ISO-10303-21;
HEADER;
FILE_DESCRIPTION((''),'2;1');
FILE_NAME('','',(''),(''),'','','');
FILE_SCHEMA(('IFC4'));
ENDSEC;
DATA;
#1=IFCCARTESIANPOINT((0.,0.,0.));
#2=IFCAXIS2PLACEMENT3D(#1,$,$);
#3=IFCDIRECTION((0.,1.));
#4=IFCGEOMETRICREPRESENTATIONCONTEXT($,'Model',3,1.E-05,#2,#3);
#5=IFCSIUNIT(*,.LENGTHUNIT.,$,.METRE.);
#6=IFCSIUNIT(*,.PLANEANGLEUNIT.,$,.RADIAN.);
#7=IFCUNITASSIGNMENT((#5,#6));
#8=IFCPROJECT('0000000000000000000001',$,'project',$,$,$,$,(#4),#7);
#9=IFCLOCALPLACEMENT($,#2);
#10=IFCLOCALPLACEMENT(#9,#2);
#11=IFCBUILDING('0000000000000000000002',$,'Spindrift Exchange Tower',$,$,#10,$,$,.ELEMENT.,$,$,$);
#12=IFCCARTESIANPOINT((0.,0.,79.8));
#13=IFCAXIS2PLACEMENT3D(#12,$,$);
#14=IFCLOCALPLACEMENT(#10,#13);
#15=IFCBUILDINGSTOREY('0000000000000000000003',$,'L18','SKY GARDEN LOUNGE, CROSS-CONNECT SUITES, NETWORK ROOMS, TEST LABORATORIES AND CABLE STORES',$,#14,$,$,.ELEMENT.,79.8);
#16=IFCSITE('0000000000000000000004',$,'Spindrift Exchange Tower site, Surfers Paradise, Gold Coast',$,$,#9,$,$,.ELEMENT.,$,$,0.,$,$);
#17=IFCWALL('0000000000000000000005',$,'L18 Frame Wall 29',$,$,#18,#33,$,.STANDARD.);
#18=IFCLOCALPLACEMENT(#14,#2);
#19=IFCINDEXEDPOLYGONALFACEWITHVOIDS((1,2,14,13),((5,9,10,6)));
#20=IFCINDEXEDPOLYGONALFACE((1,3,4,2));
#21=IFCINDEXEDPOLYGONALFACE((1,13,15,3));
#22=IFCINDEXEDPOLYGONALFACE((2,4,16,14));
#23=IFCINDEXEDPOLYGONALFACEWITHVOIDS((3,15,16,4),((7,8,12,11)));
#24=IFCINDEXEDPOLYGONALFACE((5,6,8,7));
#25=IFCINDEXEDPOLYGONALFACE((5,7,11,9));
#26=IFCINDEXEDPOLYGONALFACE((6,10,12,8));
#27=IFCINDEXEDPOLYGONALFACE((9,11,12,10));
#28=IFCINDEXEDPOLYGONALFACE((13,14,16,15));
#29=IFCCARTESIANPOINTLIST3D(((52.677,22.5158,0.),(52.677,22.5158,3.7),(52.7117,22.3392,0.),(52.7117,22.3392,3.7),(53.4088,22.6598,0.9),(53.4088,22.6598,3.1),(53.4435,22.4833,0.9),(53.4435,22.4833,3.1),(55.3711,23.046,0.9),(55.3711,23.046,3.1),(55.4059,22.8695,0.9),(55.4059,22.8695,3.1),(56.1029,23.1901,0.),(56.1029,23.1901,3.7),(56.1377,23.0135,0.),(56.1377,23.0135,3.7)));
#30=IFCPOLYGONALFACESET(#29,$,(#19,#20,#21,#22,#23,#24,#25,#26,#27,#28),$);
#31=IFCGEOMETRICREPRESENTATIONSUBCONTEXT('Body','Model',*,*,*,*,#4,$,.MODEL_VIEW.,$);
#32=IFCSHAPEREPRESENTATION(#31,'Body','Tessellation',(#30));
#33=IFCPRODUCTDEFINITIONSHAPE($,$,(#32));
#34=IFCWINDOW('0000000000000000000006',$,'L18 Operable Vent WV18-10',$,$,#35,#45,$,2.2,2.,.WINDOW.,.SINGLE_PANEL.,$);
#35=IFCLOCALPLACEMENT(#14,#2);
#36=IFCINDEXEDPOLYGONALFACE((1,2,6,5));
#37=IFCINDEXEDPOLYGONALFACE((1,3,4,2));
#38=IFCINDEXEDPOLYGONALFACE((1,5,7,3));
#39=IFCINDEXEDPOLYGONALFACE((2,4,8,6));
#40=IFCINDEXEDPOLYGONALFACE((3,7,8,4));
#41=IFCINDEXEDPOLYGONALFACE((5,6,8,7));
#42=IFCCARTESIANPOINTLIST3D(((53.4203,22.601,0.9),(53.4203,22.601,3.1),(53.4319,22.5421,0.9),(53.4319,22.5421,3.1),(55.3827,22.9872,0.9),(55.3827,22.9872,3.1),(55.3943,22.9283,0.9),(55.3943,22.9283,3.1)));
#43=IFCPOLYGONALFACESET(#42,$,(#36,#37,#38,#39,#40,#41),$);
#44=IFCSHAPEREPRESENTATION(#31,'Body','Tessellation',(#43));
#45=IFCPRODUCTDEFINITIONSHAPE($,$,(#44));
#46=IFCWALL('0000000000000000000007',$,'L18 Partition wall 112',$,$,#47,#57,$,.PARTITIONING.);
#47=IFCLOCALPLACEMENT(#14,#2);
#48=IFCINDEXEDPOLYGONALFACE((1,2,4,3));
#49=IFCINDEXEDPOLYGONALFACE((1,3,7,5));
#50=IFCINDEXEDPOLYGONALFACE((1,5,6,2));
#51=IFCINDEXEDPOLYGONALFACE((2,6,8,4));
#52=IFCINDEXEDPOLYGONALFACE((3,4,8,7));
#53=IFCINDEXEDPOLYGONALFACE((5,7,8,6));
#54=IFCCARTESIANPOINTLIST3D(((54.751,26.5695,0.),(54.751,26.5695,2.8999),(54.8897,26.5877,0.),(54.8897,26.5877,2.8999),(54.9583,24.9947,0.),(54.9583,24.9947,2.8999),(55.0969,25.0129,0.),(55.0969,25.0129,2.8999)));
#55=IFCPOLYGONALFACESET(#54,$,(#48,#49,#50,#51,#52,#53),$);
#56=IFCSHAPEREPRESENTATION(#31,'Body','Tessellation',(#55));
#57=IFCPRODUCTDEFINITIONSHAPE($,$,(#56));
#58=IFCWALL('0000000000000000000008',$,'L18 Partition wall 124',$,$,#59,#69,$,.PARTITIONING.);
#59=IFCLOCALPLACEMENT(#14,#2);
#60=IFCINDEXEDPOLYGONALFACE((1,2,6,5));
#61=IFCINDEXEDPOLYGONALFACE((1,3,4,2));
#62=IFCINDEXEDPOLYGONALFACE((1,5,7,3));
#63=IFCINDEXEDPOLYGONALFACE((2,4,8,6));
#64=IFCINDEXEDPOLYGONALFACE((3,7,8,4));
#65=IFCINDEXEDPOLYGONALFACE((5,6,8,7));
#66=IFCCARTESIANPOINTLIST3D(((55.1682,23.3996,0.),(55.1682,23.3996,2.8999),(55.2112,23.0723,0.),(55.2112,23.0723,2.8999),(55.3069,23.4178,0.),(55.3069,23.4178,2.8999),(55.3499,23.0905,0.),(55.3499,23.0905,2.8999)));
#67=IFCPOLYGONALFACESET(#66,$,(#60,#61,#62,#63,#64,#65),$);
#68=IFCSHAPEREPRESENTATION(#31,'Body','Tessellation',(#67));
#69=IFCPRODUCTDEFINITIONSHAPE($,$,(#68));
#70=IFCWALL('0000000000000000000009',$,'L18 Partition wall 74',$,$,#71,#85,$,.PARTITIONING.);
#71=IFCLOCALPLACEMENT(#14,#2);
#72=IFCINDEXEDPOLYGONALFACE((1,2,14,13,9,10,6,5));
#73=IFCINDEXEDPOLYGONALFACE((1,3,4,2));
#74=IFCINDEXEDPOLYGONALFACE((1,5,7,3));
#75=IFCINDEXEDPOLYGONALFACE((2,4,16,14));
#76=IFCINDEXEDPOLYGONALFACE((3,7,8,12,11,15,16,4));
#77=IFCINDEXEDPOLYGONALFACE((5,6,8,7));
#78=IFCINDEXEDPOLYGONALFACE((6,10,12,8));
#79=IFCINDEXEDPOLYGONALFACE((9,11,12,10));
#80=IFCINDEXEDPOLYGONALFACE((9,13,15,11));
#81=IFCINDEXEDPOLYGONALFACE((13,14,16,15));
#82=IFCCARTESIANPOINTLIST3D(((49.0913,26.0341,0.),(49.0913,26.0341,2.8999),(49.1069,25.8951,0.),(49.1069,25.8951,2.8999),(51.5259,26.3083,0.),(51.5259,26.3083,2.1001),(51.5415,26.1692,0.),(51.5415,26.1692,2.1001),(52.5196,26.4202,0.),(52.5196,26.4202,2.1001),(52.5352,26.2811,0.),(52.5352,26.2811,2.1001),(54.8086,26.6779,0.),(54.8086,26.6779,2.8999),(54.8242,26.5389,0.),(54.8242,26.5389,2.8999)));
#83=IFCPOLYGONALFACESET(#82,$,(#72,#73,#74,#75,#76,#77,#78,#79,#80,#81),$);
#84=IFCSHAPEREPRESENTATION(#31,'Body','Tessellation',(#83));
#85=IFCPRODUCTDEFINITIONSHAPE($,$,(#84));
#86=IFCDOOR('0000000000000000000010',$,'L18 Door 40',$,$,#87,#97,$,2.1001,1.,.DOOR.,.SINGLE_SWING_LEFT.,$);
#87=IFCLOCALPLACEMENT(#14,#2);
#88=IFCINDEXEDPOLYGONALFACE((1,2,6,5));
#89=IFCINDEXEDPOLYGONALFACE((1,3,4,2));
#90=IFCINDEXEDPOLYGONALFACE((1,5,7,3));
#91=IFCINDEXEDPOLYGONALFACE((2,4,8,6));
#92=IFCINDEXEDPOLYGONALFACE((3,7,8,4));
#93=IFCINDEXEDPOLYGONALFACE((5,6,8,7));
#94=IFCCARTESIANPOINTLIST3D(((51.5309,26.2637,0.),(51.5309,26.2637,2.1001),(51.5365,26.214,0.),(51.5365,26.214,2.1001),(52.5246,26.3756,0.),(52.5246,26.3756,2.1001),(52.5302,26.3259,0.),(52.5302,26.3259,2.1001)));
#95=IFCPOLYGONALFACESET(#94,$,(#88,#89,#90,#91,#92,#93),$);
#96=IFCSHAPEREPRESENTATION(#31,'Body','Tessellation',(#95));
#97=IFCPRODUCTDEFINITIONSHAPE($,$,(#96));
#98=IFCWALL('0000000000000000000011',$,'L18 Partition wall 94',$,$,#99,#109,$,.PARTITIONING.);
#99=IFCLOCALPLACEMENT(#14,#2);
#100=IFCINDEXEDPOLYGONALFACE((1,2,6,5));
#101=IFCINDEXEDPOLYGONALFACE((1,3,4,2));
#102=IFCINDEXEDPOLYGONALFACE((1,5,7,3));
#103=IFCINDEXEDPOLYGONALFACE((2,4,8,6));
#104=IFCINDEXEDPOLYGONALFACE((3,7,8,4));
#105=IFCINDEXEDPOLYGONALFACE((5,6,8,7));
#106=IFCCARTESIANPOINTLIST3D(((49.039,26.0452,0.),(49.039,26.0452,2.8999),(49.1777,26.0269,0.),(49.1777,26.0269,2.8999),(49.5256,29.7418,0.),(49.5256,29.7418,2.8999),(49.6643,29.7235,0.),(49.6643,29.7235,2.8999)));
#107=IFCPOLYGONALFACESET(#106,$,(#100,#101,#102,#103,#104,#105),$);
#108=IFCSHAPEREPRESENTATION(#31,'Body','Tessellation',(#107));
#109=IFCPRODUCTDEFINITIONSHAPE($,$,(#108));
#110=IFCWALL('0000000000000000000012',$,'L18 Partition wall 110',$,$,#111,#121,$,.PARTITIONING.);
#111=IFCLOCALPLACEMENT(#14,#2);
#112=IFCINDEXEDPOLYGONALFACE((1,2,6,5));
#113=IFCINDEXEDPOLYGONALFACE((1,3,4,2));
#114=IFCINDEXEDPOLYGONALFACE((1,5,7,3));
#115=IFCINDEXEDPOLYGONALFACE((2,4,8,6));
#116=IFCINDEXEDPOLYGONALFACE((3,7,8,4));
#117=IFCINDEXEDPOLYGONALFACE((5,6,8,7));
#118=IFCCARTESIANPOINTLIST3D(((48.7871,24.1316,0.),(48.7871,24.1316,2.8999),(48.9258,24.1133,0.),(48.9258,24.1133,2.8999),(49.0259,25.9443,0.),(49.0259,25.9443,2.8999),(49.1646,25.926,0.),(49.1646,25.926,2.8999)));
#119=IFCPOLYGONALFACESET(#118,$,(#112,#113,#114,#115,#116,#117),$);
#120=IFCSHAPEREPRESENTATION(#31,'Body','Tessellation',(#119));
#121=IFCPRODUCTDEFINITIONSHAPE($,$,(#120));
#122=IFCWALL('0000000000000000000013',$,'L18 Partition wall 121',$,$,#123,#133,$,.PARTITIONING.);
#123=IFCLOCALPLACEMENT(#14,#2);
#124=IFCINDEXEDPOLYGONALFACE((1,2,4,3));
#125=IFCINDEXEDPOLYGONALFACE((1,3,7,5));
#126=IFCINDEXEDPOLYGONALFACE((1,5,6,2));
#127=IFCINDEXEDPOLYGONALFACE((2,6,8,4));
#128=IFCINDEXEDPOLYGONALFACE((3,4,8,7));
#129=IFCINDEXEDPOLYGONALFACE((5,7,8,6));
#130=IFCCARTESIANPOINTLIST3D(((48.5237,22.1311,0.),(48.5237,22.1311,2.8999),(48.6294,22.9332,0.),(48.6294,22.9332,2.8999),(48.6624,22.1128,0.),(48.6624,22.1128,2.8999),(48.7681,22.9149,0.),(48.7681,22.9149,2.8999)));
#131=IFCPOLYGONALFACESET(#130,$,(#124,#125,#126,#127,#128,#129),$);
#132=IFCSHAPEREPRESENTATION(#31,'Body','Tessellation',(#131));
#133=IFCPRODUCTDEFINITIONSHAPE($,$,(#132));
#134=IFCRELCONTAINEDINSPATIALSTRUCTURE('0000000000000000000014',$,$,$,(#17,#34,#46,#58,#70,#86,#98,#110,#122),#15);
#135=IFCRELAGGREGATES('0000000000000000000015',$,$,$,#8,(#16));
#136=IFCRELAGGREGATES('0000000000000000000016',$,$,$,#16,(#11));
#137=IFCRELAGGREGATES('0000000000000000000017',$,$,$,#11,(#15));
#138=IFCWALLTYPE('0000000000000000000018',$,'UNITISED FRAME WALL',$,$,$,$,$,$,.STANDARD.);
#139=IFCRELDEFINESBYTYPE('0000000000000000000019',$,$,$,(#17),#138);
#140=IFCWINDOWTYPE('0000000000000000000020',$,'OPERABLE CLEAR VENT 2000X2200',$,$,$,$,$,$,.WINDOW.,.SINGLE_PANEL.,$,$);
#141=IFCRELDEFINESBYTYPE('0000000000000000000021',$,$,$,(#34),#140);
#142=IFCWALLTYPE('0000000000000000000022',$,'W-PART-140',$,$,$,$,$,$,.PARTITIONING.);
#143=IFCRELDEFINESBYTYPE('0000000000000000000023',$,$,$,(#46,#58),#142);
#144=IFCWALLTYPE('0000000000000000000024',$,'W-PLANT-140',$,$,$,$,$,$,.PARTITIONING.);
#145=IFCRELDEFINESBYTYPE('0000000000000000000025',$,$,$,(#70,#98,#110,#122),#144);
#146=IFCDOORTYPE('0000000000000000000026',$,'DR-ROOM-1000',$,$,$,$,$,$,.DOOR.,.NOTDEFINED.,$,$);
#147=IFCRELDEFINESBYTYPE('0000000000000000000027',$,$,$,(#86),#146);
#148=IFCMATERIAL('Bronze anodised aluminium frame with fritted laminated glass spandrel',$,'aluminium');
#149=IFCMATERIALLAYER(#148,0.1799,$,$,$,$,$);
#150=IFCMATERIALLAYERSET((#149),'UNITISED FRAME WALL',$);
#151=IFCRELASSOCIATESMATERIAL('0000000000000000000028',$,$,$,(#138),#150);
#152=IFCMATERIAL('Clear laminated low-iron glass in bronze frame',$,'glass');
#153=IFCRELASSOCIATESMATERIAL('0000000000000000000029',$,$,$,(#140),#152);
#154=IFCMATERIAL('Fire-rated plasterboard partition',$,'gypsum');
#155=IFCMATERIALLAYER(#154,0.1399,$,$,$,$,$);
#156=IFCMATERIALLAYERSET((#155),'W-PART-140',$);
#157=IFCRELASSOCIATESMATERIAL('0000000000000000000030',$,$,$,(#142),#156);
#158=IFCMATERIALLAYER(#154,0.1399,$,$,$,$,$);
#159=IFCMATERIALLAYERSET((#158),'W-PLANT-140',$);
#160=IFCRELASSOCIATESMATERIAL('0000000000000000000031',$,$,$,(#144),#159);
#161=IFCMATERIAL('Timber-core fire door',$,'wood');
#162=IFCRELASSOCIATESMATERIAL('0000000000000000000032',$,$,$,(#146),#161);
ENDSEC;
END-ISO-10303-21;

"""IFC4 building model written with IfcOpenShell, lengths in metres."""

from ifc_helpers import new_model, si_unit, direction, frame, frame_2d, origin, place, context, subcontext, project, spatial, rectangle, extrude, source, transform, mapped, material, layer, layer_set, type_object, element, fill, save


model = new_model("IFC4")

# Units and contexts
model_context = context("Model", 3, precision=1e-05, world=origin(), true_north=direction((0.0, 1.0)))
body_context = subcontext(model_context, "Body", "Model", "MODEL_VIEW")
ifc_project = project(units=[si_unit("LENGTHUNIT", "METRE"), si_unit("PLANEANGLEUNIT", "RADIAN")], contexts=[model_context])

# Site, building, storey
site_placement = place(None, origin())
site = spatial("IfcSite", under=ifc_project, at=site_placement, Name="Spindrift Exchange Tower site, Surfers Paradise, Gold Coast", CompositionType="ELEMENT", RefElevation=0.0)
building_placement = place(site_placement, origin())
building = spatial("IfcBuilding", under=site, at=building_placement, Name="Spindrift Exchange Tower", CompositionType="ELEMENT")
storey_placement = place(building_placement, frame((0.0, 0.0, 79.8)))
storey = spatial("IfcBuildingStorey", under=building, at=storey_placement, Name="L18", Description="SKY GARDEN LOUNGE, CROSS-CONNECT SUITES, NETWORK ROOMS, TEST LABORATORIES AND CABLE STORES", CompositionType="ELEMENT", Elevation=79.8)

# Wall, opening, window
ifc_material_1 = material(Name="Bronze anodised aluminium frame with fritted laminated glass spandrel", Category="aluminium")
ifc_layer_1 = layer(ifc_material_1, 0.1799)
ifc_layer_set_1 = layer_set([ifc_layer_1], Name="UNITISED FRAME WALL")
wall_type_1 = type_object("IfcWallType", Name="UNITISED FRAME WALL", PredefinedType="STANDARD", material=ifc_layer_set_1)
ifc_material_2 = material(Name="Clear laminated low-iron glass in bronze frame", Category="glass")
window_type = type_object("IfcWindowType", Name="OPERABLE CLEAR VENT 2000X2200", PartitioningType="SINGLE_PANEL", PredefinedType="WINDOW", material=ifc_material_2)
shared_shape_1 = source(origin(), body_context, "Body", "SweptSolid", [
    extrude(rectangle(XDim=2.0, YDim=2.2, at=frame_2d((1.0, 1.1001))), frame((0.0, 0.03, 0.0), z_axis=(0.0, -1.0, 0.0), x_axis=(1.0, 0.0, 0.0)), (0.0, 0.0, 1.0), 0.0601),
])
wall_1_placement = place(storey_placement, frame((52.6943, 22.4275, 0.0), z_axis=(0.0, 0.0, 1.0), x_axis=(0.981176, 0.193117, 0.0)))
wall_1 = element("IfcWall", 1, at=wall_1_placement, inside=storey, type_object=wall_type_1, Name="L18 Frame Wall 29", PredefinedType="STANDARD", context=body_context, shape_type="SweptSolid", body=[
    extrude(rectangle(XDim=3.4917, YDim=0.1799, at=frame_2d((1.7458, 0.0))), origin(), (0.0, 0.0, 1.0), 3.7),
])
opening_1_placement = place(wall_1_placement, frame((0.7458, 0.0, 0.8999)))
opening_1 = element("IfcOpeningElement", 2, at=opening_1_placement, cuts=wall_1, PredefinedType="OPENING", context=body_context, shape_type="SweptSolid", body=[
    extrude(rectangle(XDim=2.0, YDim=2.2, at=frame_2d((1.0, 1.1001))), frame((0.0, 0.0999, 0.0), z_axis=(0.0, -1.0, 0.0), x_axis=(1.0, 0.0, 0.0)), (0.0, 0.0, 1.0), 0.2),
])
window_1_placement = place(opening_1_placement, origin())
window_1 = element("IfcWindow", 3, at=window_1_placement, inside=storey, type_object=window_type, Name="L18 Operable Vent WV18-10", OverallHeight=2.2, OverallWidth=2.0, PartitioningType="SINGLE_PANEL", PredefinedType="WINDOW", context=body_context, shape_type="MappedRepresentation", body=[
    mapped(shared_shape_1, transform((0.0, 0.0, 0.0), scale=1.0)),
])
fill(opening_1, window_1)

# Walls
ifc_material_3 = material(Name="Fire-rated plasterboard partition", Category="gypsum")
ifc_layer_2 = layer(ifc_material_3, 0.1399)
ifc_layer_set_2 = layer_set([ifc_layer_2], Name="W-PART-140")
wall_type_2 = type_object("IfcWallType", Name="W-PART-140", PredefinedType="PARTITIONING", material=ifc_layer_set_2)
wall_2_placement = place(storey_placement, frame((54.8203, 26.5786, 0.0), z_axis=(0.0, 0.0, 1.0), x_axis=(0.130502, -0.991448, 0.0)))
element("IfcWall", 4, at=wall_2_placement, inside=storey, type_object=wall_type_2, Name="L18 Partition wall 112", PredefinedType="PARTITIONING", context=body_context, shape_type="SweptSolid", body=[
    extrude(rectangle(XDim=1.5884, YDim=0.1399, at=frame_2d((0.7942, 0.0))), origin(), (0.0, 0.0, 1.0), 2.8999),
])
wall_3_placement = place(storey_placement, frame((55.2375, 23.4087, 0.0), z_axis=(0.0, 0.0, 1.0), x_axis=(0.130225, -0.991484, 0.0)))
element("IfcWall", 5, at=wall_3_placement, inside=storey, type_object=wall_type_2, Name="L18 Partition wall 124", PredefinedType="PARTITIONING", context=body_context, shape_type="SweptSolid", body=[
    extrude(rectangle(XDim=0.3301, YDim=0.1399, at=frame_2d((0.165, 0.0))), origin(), (0.0, 0.0, 1.0), 2.8999),
])

# Wall, opening, door
ifc_layer_3 = layer(ifc_material_3, 0.1399)
ifc_layer_set_3 = layer_set([ifc_layer_3], Name="W-PLANT-140")
wall_type_3 = type_object("IfcWallType", Name="W-PLANT-140", PredefinedType="PARTITIONING", material=ifc_layer_set_3)
wall_4_placement = place(storey_placement, frame((54.8164, 26.6084, 0.0), z_axis=(0.0, 0.0, 1.0), x_axis=(-0.99372, -0.111898, 0.0)))
wall_4 = element("IfcWall", 6, at=wall_4_placement, inside=storey, type_object=wall_type_3, Name="L18 Partition wall 74", PredefinedType="PARTITIONING", context=body_context, shape_type="SweptSolid", body=[
    extrude(rectangle(XDim=5.7534, YDim=0.1399, at=frame_2d((2.8767, 0.0))), origin(), (0.0, 0.0, 1.0), 2.8999),
])
opening_2_placement = place(wall_4_placement, frame((2.3035, 0.0, 0.0)))
opening_2 = element("IfcOpeningElement", 7, at=opening_2_placement, cuts=wall_4, PredefinedType="OPENING", context=body_context, shape_type="SweptSolid", body=[
    extrude(rectangle(XDim=1.0, YDim=2.1001, at=frame_2d((0.5, 1.05))), frame((0.0, 0.0798, 0.0), z_axis=(0.0, -1.0, 0.0), x_axis=(1.0, 0.0, 0.0)), (0.0, 0.0, 1.0), 0.1599),
])
ifc_material_4 = material(Name="Timber-core fire door", Category="wood")
door_type = type_object("IfcDoorType", Name="DR-ROOM-1000", OperationType="NOTDEFINED", PredefinedType="DOOR", material=ifc_material_4)
shared_shape_2 = source(origin(), body_context, "Body", "SweptSolid", [
    extrude(rectangle(XDim=1.0, YDim=2.1001, at=frame_2d((0.5, 1.05))), frame((0.0, 0.0249, 0.0), z_axis=(0.0, -1.0, 0.0), x_axis=(1.0, 0.0, 0.0)), (0.0, 0.0, 1.0), 0.05),
])
door_placement = place(opening_2_placement, origin())
door = element("IfcDoor", 8, at=door_placement, inside=storey, type_object=door_type, Name="L18 Door 40", OperationType="SINGLE_SWING_LEFT", OverallHeight=2.1001, OverallWidth=1.0, PredefinedType="DOOR", context=body_context, shape_type="MappedRepresentation", body=[
    mapped(shared_shape_2, transform((0.0, 0.0, 0.0), scale=1.0)),
])
fill(opening_2, door)

# Walls
wall_5_placement = place(storey_placement, frame((49.595, 29.7327, 0.0), z_axis=(0.0, 0.0, 1.0), x_axis=(-0.130504, -0.991448, 0.0)))
element("IfcWall", 9, at=wall_5_placement, inside=storey, type_object=wall_type_3, Name="L18 Partition wall 94", PredefinedType="PARTITIONING", context=body_context, shape_type="SweptSolid", body=[
    extrude(rectangle(XDim=3.7285, YDim=0.1399, at=frame_2d((1.8643, 0.0))), origin(), (0.0, 0.0, 1.0), 2.8999),
])
wall_6_placement = place(storey_placement, frame((49.0952, 25.9351, 0.0), z_axis=(0.0, 0.0, 1.0), x_axis=(-0.130589, -0.991437, 0.0)))
element("IfcWall", 10, at=wall_6_placement, inside=storey, type_object=wall_type_3, Name="L18 Partition wall 110", PredefinedType="PARTITIONING", context=body_context, shape_type="SweptSolid", body=[
    extrude(rectangle(XDim=1.8284, YDim=0.1399, at=frame_2d((0.9141, 0.0))), origin(), (0.0, 0.0, 1.0), 2.8999),
])
wall_7_placement = place(storey_placement, frame((48.6987, 22.9241, 0.0), z_axis=(0.0, 0.0, 1.0), x_axis=(-0.130642, -0.99143, 0.0)))
element("IfcWall", 11, at=wall_7_placement, inside=storey, type_object=wall_type_3, Name="L18 Partition wall 121", PredefinedType="PARTITIONING", context=body_context, shape_type="SweptSolid", body=[
    extrude(rectangle(XDim=0.8091, YDim=0.1399, at=frame_2d((0.4045, 0.0))), origin(), (0.0, 0.0, 1.0), 2.8999),
])

save(model, "model.ifc")
